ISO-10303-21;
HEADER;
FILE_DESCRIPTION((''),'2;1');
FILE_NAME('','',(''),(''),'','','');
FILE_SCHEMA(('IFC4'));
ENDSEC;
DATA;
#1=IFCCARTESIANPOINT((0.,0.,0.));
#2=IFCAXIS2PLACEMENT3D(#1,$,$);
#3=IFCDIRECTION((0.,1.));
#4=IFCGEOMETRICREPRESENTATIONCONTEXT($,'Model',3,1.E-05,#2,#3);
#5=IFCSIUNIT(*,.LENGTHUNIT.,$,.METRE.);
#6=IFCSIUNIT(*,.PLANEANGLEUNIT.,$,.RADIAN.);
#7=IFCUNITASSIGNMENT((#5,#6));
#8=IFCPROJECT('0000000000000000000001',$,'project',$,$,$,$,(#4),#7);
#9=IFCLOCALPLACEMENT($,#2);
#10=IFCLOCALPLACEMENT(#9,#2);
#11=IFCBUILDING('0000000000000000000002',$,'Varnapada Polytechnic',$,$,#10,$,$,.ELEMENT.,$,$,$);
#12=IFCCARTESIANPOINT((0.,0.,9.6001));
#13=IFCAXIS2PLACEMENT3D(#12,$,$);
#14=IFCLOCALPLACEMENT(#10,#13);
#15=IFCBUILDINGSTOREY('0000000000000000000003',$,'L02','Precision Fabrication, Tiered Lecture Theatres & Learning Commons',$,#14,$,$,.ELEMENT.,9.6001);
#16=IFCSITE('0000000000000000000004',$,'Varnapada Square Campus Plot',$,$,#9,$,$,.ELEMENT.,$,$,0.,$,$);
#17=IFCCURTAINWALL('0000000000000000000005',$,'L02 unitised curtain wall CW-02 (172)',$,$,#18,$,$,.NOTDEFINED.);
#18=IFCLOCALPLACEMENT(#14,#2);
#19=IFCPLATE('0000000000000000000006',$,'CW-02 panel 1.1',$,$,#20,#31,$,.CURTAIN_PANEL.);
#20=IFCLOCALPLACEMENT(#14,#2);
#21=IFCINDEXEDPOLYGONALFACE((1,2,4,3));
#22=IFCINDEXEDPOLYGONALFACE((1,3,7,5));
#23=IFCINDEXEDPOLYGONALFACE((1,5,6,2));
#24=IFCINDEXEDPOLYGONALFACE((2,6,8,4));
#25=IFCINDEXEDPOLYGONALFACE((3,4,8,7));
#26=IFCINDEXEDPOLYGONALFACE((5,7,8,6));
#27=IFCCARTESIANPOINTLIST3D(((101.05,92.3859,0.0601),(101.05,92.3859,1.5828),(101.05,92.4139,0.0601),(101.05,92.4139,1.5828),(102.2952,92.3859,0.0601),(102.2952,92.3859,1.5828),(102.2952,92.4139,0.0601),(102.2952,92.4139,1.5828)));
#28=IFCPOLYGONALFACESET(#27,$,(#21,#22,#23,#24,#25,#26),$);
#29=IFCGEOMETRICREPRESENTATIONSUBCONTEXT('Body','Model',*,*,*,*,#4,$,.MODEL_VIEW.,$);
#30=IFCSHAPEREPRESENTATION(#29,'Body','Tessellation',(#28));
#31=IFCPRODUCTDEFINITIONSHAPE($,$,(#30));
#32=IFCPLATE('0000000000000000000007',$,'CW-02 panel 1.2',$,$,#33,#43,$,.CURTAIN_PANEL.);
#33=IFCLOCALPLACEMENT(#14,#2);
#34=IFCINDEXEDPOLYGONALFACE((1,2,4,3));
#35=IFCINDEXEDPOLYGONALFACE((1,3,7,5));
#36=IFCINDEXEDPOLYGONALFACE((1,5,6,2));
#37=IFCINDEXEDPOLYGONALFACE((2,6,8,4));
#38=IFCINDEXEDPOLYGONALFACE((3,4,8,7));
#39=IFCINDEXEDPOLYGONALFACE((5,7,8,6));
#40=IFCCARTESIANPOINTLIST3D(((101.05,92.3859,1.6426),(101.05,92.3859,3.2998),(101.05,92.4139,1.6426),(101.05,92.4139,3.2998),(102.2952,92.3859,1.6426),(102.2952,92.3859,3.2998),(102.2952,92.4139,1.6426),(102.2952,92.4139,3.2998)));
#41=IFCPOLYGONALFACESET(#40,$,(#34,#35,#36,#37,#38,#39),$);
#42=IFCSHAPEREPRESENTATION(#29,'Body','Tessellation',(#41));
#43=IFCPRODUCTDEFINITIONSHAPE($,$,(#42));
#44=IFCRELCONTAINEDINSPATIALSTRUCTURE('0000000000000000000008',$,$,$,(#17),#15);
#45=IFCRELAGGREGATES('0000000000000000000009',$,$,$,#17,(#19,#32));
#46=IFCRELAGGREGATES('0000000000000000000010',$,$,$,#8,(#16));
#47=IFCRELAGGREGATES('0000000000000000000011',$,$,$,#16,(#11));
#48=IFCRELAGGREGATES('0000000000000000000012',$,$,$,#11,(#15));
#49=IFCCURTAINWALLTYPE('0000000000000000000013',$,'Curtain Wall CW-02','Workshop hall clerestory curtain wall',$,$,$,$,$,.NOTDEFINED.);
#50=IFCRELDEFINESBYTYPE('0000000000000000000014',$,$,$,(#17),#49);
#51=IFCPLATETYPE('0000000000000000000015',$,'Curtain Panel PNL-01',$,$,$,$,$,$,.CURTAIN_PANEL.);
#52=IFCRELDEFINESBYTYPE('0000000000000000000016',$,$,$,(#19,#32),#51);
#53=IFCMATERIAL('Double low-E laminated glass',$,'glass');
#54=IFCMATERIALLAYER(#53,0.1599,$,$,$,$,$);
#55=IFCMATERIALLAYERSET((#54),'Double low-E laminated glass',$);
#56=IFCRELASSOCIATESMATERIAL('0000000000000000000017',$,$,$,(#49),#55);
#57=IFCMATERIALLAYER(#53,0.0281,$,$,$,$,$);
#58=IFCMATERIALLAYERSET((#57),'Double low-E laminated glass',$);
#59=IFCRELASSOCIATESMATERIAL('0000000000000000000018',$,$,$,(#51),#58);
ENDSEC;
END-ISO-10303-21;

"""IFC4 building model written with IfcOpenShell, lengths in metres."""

from ifc_helpers import new_model, si_unit, direction, frame, origin, origin_2d, place, context, subcontext, project, spatial, rectangle, extrude, material, layer, layer_set, type_object, element, aggregate, save


model = new_model("IFC4")

# Units and contexts
model_context = context("Model", 3, precision=1e-05, world=origin(), true_north=direction((0.0, 1.0)))
body_context = subcontext(model_context, "Body", "Model", "MODEL_VIEW")
ifc_project = project(units=[si_unit("LENGTHUNIT", "METRE"), si_unit("PLANEANGLEUNIT", "RADIAN")], contexts=[model_context])

# Site, building, storey
site_placement = place(None, origin())
site = spatial("IfcSite", under=ifc_project, at=site_placement, Name="Varnapada Square Campus Plot", CompositionType="ELEMENT", RefElevation=0.0)
building_placement = place(site_placement, origin())
building = spatial("IfcBuilding", under=site, at=building_placement, Name="Varnapada Polytechnic", CompositionType="ELEMENT")
storey_placement = place(building_placement, frame((0.0, 0.0, 9.6001)))
storey = spatial("IfcBuildingStorey", under=building, at=storey_placement, Name="L02", Description="Precision Fabrication, Tiered Lecture Theatres & Learning Commons", CompositionType="ELEMENT", Elevation=9.6001)

# Curtain wall
ifc_material_1 = material(Name="Double low-E laminated glass", Category="glass")
ifc_layer_1 = layer(ifc_material_1, 0.1599)
ifc_layer_set_1 = layer_set([ifc_layer_1], Name="Double low-E laminated glass")
curtain_wall_type = type_object("IfcCurtainWallType", Name="Curtain Wall CW-02", Description="Workshop hall clerestory curtain wall", PredefinedType="NOTDEFINED", material=ifc_layer_set_1)
curtain_wall_placement = place(storey_placement, origin())
curtain_wall = element("IfcCurtainWall", 1, at=curtain_wall_placement, inside=storey, type_object=curtain_wall_type, Name="L02 unitised curtain wall CW-02 (172)", PredefinedType="NOTDEFINED")

# Plates
ifc_layer_2 = layer(ifc_material_1, 0.0281)
ifc_layer_set_2 = layer_set([ifc_layer_2], Name="Double low-E laminated glass")
plate_type = type_object("IfcPlateType", Name="Curtain Panel PNL-01", PredefinedType="CURTAIN_PANEL", material=ifc_layer_set_2)
plate_1_placement = place(storey_placement, frame((101.6726, 92.3999, 0.0601), z_axis=(0.0, 0.0, 1.0), x_axis=(1.0, 0.0, 0.0)))
plate_1 = element("IfcPlate", 2, at=plate_1_placement, type_object=plate_type, Name="CW-02 panel 1.1", PredefinedType="CURTAIN_PANEL", context=body_context, shape_type="SweptSolid", body=[
    extrude(rectangle(XDim=1.2451, YDim=0.0281, at=origin_2d()), origin(), (0.0, 0.0, 1.0), 1.5227),
])
plate_2_placement = place(storey_placement, frame((101.6726, 92.3999, 1.6426), z_axis=(0.0, 0.0, 1.0), x_axis=(1.0, 0.0, 0.0)))
plate_2 = element("IfcPlate", 3, at=plate_2_placement, type_object=plate_type, Name="CW-02 panel 1.2", PredefinedType="CURTAIN_PANEL", context=body_context, shape_type="SweptSolid", body=[
    extrude(rectangle(XDim=1.2451, YDim=0.0281, at=origin_2d()), origin(), (0.0, 0.0, 1.0), 1.6572),
])
aggregate(curtain_wall, [plate_1, plate_2])

save(model, "model.ifc")
